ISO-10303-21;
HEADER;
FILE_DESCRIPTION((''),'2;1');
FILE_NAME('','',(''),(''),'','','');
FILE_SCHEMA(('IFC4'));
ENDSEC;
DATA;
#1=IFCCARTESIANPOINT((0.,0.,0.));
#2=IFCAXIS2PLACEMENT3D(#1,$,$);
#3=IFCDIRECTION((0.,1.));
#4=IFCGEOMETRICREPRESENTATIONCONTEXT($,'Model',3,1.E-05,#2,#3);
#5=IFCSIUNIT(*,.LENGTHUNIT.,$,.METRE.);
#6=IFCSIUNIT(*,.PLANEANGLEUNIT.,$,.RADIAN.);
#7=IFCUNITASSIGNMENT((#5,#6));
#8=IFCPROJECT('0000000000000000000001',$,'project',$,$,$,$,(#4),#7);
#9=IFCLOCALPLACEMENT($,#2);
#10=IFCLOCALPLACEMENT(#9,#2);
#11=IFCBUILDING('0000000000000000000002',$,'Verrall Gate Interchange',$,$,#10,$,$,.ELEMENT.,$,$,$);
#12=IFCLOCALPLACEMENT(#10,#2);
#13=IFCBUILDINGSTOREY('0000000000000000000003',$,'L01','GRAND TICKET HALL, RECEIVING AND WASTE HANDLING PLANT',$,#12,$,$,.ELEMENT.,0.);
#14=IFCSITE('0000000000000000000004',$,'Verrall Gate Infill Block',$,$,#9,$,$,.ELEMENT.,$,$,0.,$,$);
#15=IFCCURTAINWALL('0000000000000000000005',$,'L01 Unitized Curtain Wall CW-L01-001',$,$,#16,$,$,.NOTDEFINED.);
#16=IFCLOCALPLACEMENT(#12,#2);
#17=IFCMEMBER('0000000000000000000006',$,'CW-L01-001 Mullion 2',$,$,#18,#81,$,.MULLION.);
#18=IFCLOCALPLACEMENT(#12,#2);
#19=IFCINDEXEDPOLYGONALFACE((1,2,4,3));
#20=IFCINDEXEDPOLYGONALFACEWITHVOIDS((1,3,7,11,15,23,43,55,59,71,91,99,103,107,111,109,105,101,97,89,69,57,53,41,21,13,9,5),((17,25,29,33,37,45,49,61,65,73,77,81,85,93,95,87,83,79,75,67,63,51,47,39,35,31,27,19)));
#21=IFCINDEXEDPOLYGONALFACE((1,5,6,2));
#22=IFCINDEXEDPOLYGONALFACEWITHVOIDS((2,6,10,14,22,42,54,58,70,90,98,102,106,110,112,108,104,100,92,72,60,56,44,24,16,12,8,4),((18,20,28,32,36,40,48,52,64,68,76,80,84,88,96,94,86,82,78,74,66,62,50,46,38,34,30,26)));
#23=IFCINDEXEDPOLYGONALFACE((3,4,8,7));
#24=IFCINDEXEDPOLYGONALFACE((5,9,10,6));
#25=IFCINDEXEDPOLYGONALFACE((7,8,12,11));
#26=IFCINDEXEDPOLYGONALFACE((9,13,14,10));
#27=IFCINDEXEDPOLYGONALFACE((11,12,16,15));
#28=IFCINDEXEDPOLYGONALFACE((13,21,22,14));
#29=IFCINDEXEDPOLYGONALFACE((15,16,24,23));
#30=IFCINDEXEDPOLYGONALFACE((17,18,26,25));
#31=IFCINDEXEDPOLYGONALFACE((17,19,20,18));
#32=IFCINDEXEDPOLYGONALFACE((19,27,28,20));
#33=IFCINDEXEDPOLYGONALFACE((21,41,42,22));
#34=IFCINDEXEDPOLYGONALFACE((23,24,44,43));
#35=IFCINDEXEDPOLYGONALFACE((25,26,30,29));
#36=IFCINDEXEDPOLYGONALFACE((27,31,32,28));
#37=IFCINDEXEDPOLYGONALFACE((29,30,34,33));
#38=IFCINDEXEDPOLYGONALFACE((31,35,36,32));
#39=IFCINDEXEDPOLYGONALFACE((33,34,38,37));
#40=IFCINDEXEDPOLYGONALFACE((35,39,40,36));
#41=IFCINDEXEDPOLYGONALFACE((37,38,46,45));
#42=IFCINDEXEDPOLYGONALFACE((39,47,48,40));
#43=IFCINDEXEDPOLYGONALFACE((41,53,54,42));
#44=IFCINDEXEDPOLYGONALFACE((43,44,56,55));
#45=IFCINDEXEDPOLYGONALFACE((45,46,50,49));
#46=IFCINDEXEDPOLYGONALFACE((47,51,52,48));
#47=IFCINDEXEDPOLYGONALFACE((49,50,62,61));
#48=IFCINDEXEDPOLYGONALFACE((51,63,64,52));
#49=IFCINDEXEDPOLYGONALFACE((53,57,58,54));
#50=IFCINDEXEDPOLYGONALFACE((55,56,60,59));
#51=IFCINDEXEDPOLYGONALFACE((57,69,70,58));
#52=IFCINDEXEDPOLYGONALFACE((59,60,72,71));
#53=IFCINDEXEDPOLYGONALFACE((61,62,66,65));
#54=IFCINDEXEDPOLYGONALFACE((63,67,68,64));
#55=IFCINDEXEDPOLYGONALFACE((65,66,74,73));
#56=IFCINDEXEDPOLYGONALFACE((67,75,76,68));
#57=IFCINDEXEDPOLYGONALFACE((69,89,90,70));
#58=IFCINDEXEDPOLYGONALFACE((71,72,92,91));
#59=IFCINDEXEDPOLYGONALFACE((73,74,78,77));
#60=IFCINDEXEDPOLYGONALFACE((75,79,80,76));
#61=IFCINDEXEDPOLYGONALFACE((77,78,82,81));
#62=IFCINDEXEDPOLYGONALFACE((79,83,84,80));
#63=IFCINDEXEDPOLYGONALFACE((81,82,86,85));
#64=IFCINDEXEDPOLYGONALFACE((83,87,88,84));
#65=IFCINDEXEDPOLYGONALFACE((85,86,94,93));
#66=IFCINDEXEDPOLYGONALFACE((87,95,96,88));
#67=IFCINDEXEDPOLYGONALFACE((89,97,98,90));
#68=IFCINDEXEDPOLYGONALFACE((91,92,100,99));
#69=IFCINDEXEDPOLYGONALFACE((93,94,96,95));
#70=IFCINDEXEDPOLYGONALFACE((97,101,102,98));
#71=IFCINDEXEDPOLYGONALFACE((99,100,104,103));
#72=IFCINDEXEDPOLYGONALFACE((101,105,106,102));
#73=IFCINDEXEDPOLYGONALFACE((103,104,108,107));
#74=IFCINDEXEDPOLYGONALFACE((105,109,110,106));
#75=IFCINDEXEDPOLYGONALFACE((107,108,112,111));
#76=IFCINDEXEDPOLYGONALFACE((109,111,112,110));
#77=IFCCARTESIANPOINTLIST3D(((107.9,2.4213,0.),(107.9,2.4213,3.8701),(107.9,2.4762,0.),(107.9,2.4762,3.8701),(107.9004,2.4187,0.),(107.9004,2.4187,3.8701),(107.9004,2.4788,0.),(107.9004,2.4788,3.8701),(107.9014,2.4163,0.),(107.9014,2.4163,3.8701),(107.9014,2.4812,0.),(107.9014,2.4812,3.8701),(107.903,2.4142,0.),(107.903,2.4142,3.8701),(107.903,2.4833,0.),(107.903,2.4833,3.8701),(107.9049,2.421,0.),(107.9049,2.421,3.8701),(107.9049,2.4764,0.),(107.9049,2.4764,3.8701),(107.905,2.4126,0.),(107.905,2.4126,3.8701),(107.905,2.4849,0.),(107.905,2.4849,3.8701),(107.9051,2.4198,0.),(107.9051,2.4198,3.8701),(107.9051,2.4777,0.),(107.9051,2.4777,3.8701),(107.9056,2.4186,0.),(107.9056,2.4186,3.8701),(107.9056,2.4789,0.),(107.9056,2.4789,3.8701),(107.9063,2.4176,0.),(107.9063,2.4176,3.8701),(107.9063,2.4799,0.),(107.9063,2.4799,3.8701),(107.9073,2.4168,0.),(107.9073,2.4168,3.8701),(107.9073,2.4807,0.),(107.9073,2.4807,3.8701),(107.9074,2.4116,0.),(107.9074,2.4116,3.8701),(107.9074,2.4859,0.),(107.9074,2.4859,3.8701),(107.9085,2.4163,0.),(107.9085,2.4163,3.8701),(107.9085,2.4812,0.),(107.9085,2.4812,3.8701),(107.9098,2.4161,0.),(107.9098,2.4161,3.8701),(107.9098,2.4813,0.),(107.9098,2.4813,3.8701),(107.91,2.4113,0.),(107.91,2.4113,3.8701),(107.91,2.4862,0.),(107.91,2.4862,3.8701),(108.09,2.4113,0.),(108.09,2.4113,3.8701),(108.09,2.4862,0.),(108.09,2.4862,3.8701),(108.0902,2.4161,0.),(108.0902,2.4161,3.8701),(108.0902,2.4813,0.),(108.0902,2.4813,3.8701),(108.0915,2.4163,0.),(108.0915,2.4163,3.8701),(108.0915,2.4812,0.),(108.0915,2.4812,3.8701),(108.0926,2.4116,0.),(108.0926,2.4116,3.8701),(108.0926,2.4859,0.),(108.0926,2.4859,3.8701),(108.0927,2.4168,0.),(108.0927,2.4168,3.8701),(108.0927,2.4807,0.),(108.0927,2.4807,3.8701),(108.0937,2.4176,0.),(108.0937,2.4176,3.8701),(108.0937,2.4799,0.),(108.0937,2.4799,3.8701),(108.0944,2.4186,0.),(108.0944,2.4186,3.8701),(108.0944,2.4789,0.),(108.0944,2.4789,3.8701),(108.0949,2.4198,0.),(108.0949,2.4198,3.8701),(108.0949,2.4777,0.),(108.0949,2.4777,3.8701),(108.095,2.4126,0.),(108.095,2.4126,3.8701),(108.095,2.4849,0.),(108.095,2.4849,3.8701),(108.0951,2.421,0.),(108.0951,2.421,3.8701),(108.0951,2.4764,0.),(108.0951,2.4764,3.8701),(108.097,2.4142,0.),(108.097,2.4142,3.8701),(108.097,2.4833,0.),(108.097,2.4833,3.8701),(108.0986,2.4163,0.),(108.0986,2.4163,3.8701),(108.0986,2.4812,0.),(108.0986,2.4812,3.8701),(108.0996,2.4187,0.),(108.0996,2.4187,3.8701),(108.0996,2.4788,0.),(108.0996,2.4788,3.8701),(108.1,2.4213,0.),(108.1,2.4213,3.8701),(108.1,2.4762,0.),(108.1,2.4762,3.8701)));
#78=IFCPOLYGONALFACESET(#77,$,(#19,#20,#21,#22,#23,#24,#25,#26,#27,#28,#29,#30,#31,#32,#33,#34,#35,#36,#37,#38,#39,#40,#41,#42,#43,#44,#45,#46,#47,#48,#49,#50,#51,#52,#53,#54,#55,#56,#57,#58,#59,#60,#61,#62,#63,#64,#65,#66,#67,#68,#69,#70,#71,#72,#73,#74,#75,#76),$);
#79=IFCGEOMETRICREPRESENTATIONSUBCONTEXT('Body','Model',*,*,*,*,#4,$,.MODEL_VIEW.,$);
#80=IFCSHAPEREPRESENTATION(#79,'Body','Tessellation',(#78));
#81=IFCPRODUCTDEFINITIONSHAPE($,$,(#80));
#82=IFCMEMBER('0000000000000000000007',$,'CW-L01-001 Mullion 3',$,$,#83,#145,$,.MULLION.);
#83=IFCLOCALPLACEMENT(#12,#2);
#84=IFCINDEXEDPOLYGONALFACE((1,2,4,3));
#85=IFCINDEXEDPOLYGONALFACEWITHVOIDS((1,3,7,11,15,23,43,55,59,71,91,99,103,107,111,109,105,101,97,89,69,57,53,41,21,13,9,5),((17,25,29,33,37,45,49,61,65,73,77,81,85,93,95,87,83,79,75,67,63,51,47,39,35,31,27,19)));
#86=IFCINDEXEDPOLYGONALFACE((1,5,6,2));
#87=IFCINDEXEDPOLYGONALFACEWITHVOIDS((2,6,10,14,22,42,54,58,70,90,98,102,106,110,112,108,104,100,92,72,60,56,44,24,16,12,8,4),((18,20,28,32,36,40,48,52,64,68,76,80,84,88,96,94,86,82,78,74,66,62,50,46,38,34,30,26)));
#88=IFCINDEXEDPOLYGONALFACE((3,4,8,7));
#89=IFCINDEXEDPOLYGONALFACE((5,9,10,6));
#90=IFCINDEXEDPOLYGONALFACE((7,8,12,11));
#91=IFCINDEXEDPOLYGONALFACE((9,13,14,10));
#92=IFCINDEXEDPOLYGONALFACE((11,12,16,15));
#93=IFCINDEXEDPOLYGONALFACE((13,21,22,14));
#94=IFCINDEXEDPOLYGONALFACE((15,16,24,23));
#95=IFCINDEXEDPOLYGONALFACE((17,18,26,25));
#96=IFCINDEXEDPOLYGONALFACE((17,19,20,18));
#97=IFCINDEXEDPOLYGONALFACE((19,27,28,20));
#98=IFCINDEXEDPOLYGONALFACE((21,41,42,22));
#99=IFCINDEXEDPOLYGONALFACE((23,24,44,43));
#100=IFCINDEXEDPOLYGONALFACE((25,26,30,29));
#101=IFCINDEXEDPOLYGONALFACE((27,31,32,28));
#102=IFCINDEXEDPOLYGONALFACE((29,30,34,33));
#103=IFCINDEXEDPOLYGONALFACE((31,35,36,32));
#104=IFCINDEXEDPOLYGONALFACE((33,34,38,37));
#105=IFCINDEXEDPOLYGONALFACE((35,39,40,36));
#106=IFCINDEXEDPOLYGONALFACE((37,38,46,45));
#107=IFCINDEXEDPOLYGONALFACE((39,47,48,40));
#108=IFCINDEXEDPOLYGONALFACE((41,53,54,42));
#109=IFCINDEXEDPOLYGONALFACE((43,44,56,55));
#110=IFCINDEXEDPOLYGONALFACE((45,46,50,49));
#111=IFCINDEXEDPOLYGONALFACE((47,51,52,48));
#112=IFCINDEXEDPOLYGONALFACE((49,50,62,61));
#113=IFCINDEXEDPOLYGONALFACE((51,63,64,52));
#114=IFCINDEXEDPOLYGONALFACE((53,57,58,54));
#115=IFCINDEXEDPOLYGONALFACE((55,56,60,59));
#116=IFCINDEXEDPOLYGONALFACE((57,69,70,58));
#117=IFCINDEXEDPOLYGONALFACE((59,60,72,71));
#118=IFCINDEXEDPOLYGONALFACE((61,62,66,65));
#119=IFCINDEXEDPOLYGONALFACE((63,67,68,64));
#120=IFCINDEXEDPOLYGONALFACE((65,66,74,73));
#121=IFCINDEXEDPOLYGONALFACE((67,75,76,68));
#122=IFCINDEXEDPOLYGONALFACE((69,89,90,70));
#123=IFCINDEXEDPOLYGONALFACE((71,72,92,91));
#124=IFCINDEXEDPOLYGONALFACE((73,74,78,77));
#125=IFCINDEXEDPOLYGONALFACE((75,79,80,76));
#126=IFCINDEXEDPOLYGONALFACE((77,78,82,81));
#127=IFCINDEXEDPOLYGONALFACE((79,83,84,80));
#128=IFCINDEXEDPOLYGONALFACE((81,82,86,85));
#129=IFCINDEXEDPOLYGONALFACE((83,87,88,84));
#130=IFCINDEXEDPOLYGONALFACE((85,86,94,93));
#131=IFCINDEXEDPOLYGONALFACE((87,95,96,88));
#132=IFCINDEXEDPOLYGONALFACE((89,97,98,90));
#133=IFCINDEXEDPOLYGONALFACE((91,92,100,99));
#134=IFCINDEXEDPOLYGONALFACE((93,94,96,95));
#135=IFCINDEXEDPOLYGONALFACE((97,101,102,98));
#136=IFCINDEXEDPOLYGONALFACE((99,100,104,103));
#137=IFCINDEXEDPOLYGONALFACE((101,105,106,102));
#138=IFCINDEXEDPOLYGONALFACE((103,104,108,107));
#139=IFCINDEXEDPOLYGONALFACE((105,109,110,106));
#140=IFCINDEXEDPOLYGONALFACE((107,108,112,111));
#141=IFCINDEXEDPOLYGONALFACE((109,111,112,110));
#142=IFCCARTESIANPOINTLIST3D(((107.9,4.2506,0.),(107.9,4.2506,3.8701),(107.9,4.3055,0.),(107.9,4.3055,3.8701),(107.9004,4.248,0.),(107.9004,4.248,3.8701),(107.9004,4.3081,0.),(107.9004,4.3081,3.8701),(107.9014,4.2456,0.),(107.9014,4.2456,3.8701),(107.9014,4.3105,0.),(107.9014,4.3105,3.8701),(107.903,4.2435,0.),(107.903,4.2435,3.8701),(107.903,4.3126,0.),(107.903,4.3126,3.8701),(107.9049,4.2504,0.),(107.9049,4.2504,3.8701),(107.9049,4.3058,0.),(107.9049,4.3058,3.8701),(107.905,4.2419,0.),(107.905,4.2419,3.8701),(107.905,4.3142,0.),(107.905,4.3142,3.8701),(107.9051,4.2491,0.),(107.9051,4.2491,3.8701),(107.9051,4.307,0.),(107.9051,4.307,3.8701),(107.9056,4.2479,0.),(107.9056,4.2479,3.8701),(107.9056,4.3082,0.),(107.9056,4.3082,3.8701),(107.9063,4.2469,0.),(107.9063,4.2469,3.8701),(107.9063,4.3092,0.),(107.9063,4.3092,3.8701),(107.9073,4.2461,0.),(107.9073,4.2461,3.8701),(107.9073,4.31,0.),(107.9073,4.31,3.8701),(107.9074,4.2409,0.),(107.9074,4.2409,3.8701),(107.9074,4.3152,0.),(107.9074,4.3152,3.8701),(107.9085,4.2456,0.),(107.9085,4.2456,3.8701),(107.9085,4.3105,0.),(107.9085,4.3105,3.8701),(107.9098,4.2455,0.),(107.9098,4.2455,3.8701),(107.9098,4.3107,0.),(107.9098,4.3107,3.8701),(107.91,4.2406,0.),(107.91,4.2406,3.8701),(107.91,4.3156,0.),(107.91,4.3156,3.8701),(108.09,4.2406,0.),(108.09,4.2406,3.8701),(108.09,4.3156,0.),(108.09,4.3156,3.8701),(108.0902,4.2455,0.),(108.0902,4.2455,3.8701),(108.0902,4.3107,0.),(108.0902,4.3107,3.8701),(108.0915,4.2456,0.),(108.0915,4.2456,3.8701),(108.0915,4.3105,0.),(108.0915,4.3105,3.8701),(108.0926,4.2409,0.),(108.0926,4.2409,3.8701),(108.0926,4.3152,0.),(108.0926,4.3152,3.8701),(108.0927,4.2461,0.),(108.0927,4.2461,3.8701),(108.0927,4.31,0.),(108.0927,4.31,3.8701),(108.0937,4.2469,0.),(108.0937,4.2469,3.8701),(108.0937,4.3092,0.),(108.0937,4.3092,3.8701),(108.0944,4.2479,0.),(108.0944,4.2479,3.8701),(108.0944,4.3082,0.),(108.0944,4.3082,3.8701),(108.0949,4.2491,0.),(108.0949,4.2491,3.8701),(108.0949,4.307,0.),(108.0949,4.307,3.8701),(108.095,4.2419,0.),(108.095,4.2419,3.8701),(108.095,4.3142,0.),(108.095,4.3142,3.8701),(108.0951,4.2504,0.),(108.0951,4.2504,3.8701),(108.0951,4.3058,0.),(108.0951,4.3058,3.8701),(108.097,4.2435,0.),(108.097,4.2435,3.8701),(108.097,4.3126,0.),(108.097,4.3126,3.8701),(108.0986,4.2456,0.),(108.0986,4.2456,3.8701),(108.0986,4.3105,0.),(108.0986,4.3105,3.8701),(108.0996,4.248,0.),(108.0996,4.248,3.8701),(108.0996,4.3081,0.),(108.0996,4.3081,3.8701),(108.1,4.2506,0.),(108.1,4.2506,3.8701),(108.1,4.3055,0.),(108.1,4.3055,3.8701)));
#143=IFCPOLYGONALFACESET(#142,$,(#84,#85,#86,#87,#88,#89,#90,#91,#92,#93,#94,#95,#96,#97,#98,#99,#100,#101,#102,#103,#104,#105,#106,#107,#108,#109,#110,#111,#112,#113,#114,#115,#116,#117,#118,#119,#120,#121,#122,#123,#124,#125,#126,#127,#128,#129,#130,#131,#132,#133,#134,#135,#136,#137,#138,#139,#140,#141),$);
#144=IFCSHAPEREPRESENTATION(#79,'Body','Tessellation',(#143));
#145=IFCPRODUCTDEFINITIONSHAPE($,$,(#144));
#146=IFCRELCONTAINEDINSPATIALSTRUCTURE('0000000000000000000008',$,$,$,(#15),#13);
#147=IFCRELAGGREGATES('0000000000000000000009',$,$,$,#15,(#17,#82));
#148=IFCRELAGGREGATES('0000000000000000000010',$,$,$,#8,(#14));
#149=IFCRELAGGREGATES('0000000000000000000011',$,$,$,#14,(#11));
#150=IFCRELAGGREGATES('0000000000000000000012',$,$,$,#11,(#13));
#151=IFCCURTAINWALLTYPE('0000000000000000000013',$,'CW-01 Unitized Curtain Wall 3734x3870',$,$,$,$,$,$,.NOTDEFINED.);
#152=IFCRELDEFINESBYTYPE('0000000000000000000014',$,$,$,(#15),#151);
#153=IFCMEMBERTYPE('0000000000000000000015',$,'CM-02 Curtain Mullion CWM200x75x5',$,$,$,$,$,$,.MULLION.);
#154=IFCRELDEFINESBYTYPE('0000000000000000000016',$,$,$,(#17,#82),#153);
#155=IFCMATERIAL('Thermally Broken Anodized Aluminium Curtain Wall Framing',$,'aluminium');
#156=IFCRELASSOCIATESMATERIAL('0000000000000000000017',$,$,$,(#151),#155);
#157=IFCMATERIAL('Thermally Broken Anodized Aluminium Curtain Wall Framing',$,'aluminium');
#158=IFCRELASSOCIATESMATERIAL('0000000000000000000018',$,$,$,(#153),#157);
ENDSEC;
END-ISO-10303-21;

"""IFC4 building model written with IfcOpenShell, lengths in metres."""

from ifc_helpers import new_model, si_unit, direction, frame, origin, origin_2d, place, context, subcontext, project, spatial, hollow_rectangle, extrude, material, material_profile, profile_set, type_object, element, aggregate, save


model = new_model("IFC4")

# Units and contexts
model_context = context("Model", 3, precision=1e-05, world=origin(), true_north=direction((0.0, 1.0)))
body_context = subcontext(model_context, "Body", "Model", "MODEL_VIEW")
ifc_project = project(units=[si_unit("LENGTHUNIT", "METRE"), si_unit("PLANEANGLEUNIT", "RADIAN")], contexts=[model_context])

# Site, building, storey
site_placement = place(None, origin())
site = spatial("IfcSite", under=ifc_project, at=site_placement, Name="Verrall Gate Infill Block", CompositionType="ELEMENT", RefElevation=0.0)
building_placement = place(site_placement, origin())
building = spatial("IfcBuilding", under=site, at=building_placement, Name="Verrall Gate Interchange", CompositionType="ELEMENT")
storey_placement = place(building_placement, origin())
storey = spatial("IfcBuildingStorey", under=building, at=storey_placement, Name="L01", Description="GRAND TICKET HALL, RECEIVING AND WASTE HANDLING PLANT", CompositionType="ELEMENT", Elevation=0.0)

# Curtain wall, members
ifc_material_1 = material(Name="Thermally Broken Anodized Aluminium Curtain Wall Framing", Category="aluminium")
curtain_wall_type_1 = type_object("IfcCurtainWallType", Name="CW-01 Unitized Curtain Wall 3734x3870", PredefinedType="NOTDEFINED", material=ifc_material_1)
curtain_wall_1_placement = place(storey_placement, origin())
curtain_wall_1 = element("IfcCurtainWall", 1, at=curtain_wall_1_placement, inside=storey, type_object=curtain_wall_type_1, Name="L01 Unitized Curtain Wall CW-L01-001", PredefinedType="NOTDEFINED")
ifc_material_2 = material(Name="Thermally Broken Anodized Aluminium Curtain Wall Framing", Category="aluminium")
ifc_material_profile_1 = material_profile(ifc_material_2, hollow_rectangle(XDim=0.075, YDim=0.2, WallThickness=0.0049, InnerFilletRadius=0.0049, OuterFilletRadius=0.01, at=origin_2d()), Name="CWM200x75x5")
ifc_profile_set_1 = profile_set([ifc_material_profile_1], Name="Thermally Broken Anodized Aluminium Curtain Wall Framing")
member_type_1 = type_object("IfcMemberType", Name="CM-02 Curtain Mullion CWM200x75x5", PredefinedType="MULLION", material=ifc_profile_set_1)
member_1_placement = place(storey_placement, frame((108.0, 2.4487, 0.0), z_axis=(0.0, 0.0, 1.0), x_axis=(0.0, 1.0, 0.0)))
member_1 = element("IfcMember", 2, at=member_1_placement, type_object=member_type_1, Name="CW-L01-001 Mullion 2", PredefinedType="MULLION", context=body_context, shape_type="SweptSolid", body=[
    extrude(hollow_rectangle(XDim=0.075, YDim=0.2, WallThickness=0.0049, InnerFilletRadius=0.0049, OuterFilletRadius=0.01, at=origin_2d()), origin(), (0.0, 0.0, 1.0), 3.8701),
])
member_2_placement = place(storey_placement, frame((108.0, 4.2781, 0.0), z_axis=(0.0, 0.0, 1.0), x_axis=(0.0, 1.0, 0.0)))
member_2 = element("IfcMember", 3, at=member_2_placement, type_object=member_type_1, Name="CW-L01-001 Mullion 3", PredefinedType="MULLION", context=body_context, shape_type="SweptSolid", body=[
    extrude(hollow_rectangle(XDim=0.075, YDim=0.2, WallThickness=0.0049, InnerFilletRadius=0.0049, OuterFilletRadius=0.01, at=origin_2d()), origin(), (0.0, 0.0, 1.0), 3.8701),
])

aggregate(curtain_wall_1, [member_1, member_2])

save(model, "model.ifc")
